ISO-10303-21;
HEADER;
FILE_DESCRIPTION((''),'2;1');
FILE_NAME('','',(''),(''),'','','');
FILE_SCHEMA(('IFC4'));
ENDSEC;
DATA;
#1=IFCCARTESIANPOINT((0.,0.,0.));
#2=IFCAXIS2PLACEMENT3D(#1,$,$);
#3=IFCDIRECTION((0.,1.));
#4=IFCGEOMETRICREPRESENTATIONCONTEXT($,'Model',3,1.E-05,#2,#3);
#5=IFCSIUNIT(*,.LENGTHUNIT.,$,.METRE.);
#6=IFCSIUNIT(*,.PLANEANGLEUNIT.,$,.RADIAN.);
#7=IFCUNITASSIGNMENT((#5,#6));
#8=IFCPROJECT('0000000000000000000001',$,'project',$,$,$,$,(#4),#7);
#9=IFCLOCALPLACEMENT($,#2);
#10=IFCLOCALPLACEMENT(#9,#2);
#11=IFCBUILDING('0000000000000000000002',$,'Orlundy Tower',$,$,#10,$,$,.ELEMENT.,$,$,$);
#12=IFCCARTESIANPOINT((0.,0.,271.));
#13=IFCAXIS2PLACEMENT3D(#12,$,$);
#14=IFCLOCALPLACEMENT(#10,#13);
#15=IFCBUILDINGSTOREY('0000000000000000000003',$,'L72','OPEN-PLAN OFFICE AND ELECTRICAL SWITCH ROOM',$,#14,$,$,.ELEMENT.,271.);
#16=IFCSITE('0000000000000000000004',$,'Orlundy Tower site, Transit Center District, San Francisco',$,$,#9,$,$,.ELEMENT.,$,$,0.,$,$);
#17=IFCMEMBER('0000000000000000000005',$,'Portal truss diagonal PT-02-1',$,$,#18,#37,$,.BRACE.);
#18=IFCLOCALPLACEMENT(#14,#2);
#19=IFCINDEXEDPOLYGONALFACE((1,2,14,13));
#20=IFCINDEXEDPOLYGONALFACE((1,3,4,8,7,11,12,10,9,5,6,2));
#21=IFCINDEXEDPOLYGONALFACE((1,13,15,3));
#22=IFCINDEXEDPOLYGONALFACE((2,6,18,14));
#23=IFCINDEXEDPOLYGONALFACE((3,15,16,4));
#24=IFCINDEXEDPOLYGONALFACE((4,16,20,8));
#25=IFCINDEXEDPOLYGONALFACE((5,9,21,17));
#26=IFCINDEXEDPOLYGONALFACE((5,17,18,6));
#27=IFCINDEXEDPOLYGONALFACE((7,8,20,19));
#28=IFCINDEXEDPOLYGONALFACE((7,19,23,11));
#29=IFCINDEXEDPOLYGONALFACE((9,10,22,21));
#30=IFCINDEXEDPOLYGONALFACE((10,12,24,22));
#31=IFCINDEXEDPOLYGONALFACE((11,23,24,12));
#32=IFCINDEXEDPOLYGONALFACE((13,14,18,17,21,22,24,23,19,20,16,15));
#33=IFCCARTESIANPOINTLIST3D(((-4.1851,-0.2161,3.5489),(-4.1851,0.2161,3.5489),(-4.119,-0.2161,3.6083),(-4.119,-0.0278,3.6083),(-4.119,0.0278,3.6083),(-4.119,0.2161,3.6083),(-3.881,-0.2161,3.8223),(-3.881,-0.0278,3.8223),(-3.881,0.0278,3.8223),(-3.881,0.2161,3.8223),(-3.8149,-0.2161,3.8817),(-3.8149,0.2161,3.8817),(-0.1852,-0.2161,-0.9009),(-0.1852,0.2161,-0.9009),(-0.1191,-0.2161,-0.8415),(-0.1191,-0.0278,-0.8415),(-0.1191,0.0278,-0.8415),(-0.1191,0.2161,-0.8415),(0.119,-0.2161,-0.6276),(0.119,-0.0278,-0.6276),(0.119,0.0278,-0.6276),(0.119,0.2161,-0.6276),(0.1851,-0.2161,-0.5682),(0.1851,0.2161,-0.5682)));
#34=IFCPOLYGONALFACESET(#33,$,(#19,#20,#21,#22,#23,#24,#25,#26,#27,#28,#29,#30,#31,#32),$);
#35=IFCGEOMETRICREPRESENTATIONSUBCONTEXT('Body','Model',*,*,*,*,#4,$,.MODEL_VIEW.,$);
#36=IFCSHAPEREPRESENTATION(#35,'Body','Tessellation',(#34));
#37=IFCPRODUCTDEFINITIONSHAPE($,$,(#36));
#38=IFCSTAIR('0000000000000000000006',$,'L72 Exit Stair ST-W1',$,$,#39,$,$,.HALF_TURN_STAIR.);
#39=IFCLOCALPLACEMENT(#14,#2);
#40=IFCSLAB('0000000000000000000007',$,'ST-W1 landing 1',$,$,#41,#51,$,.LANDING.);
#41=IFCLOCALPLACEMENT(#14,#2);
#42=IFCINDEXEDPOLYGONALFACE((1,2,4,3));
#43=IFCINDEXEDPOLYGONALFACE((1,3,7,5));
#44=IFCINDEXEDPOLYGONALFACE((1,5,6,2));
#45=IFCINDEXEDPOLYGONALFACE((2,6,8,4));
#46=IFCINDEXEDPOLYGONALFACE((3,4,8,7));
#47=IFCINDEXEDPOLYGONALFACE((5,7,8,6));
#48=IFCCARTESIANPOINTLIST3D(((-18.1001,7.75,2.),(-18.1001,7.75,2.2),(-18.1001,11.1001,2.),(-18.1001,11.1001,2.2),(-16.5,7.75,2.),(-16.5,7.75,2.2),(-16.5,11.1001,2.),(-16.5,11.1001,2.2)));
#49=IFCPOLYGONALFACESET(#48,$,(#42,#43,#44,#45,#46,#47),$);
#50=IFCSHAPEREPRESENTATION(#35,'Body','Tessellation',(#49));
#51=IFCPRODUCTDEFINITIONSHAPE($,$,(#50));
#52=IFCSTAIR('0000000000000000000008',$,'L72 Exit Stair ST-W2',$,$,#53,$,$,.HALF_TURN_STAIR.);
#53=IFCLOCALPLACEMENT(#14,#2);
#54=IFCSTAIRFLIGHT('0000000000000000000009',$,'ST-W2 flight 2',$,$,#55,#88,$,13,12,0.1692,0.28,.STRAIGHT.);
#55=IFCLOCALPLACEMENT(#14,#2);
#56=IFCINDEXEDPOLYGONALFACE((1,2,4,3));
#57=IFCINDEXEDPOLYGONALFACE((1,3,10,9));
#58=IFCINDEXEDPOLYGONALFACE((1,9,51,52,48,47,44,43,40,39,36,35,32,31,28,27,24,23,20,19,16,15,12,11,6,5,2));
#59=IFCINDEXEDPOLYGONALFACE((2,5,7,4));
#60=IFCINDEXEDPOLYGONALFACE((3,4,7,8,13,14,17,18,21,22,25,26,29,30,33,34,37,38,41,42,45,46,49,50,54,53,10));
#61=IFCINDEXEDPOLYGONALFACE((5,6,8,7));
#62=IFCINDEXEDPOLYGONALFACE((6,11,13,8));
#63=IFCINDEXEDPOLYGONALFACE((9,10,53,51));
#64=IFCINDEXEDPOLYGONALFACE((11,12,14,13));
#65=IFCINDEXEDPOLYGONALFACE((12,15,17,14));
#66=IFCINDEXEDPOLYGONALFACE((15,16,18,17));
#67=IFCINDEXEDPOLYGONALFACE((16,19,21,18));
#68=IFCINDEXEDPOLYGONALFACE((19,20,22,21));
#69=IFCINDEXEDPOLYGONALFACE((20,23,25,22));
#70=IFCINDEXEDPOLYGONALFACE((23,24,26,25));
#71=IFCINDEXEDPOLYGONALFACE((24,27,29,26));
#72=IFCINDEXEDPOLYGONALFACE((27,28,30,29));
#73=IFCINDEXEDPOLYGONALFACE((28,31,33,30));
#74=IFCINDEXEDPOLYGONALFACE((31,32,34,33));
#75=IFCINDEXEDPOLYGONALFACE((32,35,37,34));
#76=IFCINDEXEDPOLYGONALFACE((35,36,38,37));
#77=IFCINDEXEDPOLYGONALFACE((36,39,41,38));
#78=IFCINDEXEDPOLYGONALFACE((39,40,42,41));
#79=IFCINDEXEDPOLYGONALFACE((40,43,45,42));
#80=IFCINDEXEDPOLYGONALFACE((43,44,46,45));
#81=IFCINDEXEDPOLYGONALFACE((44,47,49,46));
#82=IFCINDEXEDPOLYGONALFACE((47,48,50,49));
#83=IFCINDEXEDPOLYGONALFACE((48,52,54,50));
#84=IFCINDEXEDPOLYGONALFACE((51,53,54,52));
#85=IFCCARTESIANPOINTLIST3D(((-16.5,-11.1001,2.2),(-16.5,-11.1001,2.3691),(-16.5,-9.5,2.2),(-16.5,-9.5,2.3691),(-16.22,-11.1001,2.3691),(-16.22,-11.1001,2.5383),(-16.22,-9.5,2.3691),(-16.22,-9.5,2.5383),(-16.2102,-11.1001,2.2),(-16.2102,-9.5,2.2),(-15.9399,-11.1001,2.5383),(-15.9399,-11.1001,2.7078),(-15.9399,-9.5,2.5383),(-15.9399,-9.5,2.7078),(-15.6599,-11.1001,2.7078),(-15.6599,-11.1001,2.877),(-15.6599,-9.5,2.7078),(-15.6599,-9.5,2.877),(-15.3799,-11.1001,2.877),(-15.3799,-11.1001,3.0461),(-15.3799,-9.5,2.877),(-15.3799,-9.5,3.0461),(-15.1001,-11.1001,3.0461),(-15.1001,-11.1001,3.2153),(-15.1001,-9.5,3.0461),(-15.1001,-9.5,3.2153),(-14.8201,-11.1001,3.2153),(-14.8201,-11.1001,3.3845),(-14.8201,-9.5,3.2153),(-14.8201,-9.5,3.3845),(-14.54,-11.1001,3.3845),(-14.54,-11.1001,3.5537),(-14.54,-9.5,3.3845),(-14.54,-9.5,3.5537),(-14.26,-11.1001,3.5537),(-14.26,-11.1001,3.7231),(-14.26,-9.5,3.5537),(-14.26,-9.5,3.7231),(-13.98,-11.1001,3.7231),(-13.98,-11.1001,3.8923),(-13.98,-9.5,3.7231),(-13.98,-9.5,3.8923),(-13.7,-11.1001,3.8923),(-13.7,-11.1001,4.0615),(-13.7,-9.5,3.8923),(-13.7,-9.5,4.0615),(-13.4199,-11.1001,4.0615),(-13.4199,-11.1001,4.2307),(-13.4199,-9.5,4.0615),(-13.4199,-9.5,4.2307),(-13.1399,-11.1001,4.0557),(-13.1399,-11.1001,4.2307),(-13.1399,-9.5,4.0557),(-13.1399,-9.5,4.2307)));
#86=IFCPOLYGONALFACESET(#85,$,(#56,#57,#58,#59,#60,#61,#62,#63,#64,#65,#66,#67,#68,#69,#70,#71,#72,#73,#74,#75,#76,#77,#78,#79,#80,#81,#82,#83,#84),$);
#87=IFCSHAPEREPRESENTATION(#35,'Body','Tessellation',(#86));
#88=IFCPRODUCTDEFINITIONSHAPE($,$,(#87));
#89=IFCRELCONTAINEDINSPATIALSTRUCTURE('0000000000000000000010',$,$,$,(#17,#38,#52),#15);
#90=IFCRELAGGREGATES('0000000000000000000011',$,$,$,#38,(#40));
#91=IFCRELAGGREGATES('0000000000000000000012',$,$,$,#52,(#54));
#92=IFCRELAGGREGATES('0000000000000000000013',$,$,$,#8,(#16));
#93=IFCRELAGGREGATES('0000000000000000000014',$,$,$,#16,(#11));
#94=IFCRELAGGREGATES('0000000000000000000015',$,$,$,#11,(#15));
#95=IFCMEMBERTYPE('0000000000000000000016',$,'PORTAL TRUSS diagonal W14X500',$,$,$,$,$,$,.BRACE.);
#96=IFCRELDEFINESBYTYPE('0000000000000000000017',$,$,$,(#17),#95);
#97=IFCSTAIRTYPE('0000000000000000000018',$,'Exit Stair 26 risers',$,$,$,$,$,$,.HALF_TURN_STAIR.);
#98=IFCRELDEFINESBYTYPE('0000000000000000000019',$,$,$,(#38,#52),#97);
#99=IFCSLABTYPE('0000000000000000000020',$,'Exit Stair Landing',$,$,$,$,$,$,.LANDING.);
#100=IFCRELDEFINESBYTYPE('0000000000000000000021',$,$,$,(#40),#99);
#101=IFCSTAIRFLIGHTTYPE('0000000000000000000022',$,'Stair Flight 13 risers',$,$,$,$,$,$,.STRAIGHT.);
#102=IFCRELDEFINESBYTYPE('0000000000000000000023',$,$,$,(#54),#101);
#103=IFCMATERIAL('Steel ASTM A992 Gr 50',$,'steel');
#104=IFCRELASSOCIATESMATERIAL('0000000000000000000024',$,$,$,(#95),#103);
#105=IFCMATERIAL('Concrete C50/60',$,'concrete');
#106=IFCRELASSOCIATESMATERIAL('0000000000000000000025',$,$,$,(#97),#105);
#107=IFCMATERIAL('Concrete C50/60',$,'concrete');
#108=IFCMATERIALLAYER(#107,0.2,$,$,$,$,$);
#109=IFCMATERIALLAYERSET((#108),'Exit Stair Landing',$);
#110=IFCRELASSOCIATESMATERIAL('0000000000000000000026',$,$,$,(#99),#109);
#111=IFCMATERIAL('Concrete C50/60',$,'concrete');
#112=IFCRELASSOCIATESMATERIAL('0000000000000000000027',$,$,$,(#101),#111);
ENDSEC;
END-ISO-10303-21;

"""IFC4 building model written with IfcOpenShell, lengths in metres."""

from ifc_helpers import new_model, si_unit, direction, frame, origin, origin_2d, place, context, subcontext, project, spatial, polyline, i_section, outline, extrude, material, layer, layer_set, material_profile, profile_set, type_object, element, aggregate, save


model = new_model("IFC4")

# Units and contexts
model_context = context("Model", 3, precision=1e-05, world=origin(), true_north=direction((0.0, 1.0)))
body_context = subcontext(model_context, "Body", "Model", "MODEL_VIEW")
ifc_project = project(units=[si_unit("LENGTHUNIT", "METRE"), si_unit("PLANEANGLEUNIT", "RADIAN")], contexts=[model_context])

# Site, building, storey
site_placement = place(None, origin())
site = spatial("IfcSite", under=ifc_project, at=site_placement, Name="Orlundy Tower site, Transit Center District, San Francisco", CompositionType="ELEMENT", RefElevation=0.0)
building_placement = place(site_placement, origin())
building = spatial("IfcBuilding", under=site, at=building_placement, Name="Orlundy Tower", CompositionType="ELEMENT")
storey_placement = place(building_placement, frame((0.0, 0.0, 271.0)))
storey = spatial("IfcBuildingStorey", under=building, at=storey_placement, Name="L72", Description="OPEN-PLAN OFFICE AND ELECTRICAL SWITCH ROOM", CompositionType="ELEMENT", Elevation=271.0)

# Member
ifc_material_1 = material(Name="Steel ASTM A992 Gr 50", Category="steel")
ifc_material_profile_1 = material_profile(ifc_material_1, i_section(OverallWidth=0.4321, OverallDepth=0.4978, WebThickness=0.0557, FlangeThickness=0.0889, at=origin_2d()), Name="W14X500")
ifc_profile_set_1 = profile_set([ifc_material_profile_1], Name="Steel ASTM A992 Gr 50")
member_type_1 = type_object("IfcMemberType", Name="PORTAL TRUSS diagonal W14X500", PredefinedType="BRACE", material=ifc_profile_set_1)
for number, where, z_axis, x_axis, name in (
    (1, (-4.0, 0.0, 3.7153), (0.668507, 0.0, -0.743706), (0.0, 1.0, 0.0), "Portal truss diagonal PT-02-1"),
):
    element("IfcMember", number, at=place(storey_placement, frame(where, z_axis=z_axis, x_axis=x_axis)), inside=storey, type_object=member_type_1, Name=name, PredefinedType="BRACE", context=body_context, shape_type="SweptSolid", body=[
        extrude(i_section(OverallWidth=0.4321, OverallDepth=0.4978, WebThickness=0.0557, FlangeThickness=0.0889, at=origin_2d()), origin(), (0.0, 0.0, 1.0), 5.9834),
    ])

# Stair, slab
ifc_material_2 = material(Name="Concrete C50/60", Category="concrete")
stair_type = type_object("IfcStairType", Name="Exit Stair 26 risers", PredefinedType="HALF_TURN_STAIR", material=ifc_material_2)
stair_1_placement = place(storey_placement, origin())
stair_1 = element("IfcStair", 2, at=stair_1_placement, inside=storey, type_object=stair_type, Name="L72 Exit Stair ST-W1", PredefinedType="HALF_TURN_STAIR")
ifc_material_3 = material(Name="Concrete C50/60", Category="concrete")
ifc_layer = layer(ifc_material_3, 0.2)
ifc_layer_set = layer_set([ifc_layer], Name="Exit Stair Landing")
slab_type = type_object("IfcSlabType", Name="Exit Stair Landing", PredefinedType="LANDING", material=ifc_layer_set)
slab_placement = place(storey_placement, frame((0.0, 0.0, 2.0)))
slab = element("IfcSlab", 3, at=slab_placement, type_object=slab_type, Name="ST-W1 landing 1", PredefinedType="LANDING", context=body_context, shape_type="SweptSolid", body=[
    extrude(outline(polyline([(-16.5, 11.1001), (-18.1001, 11.1001), (-18.1001, 7.75), (-16.5, 7.75), (-16.5, 11.1001)])), origin(), (0.0, 0.0, 1.0), 0.2),
])
aggregate(stair_1, [slab])

# Stair, stair flight
stair_2_placement = place(storey_placement, origin())
stair_2 = element("IfcStair", 4, at=stair_2_placement, inside=storey, type_object=stair_type, Name="L72 Exit Stair ST-W2", PredefinedType="HALF_TURN_STAIR")
ifc_material_4 = material(Name="Concrete C50/60", Category="concrete")
stair_flight_type = type_object("IfcStairFlightType", Name="Stair Flight 13 risers", PredefinedType="STRAIGHT", material=ifc_material_4)
stair_flight_placement = place(storey_placement, frame((-16.5, -10.3, 2.2), z_axis=(0.0, 0.0, 1.0), x_axis=(1.0, 0.0, 0.0)))
stair_flight = element("IfcStairFlight", 5, at=stair_flight_placement, type_object=stair_flight_type, Name="ST-W2 flight 2", NumberOfRisers=13, NumberOfTreads=12, PredefinedType="STRAIGHT", RiserHeight=0.1692, TreadLength=0.28, context=body_context, shape_type="SweptSolid", body=[
    extrude(outline(polyline([(0.0, 0.0), (0.0, 0.1692), (0.28, 0.1692), (0.28, 0.3384), (0.5601, 0.3384), (0.5601, 0.5078), (0.8401, 0.5078), (0.8401, 0.677), (1.1201, 0.677), (1.1201, 0.8462), (1.3999, 0.8462), (1.3999, 1.0154), (1.6799, 1.0154), (1.6799, 1.1846), (1.96, 1.1846), (1.96, 1.3538), (2.24, 1.3538), (2.24, 1.5232), (2.52, 1.5232), (2.52, 1.6924), (2.8, 1.6924), (2.8, 1.8616), (3.0801, 1.8616), (3.0801, 2.0308), (3.3601, 2.0308), (3.3601, 2.2), (3.3601, 1.8557), (0.2898, 0.0), (0.0, 0.0)])), frame((0.0, 0.8, 0.0), z_axis=(0.0, -1.0, 0.0), x_axis=(1.0, 0.0, 0.0)), (0.0, 0.0, 1.0), 1.6001),
])
aggregate(stair_2, [stair_flight])

save(model, "model.ifc")
